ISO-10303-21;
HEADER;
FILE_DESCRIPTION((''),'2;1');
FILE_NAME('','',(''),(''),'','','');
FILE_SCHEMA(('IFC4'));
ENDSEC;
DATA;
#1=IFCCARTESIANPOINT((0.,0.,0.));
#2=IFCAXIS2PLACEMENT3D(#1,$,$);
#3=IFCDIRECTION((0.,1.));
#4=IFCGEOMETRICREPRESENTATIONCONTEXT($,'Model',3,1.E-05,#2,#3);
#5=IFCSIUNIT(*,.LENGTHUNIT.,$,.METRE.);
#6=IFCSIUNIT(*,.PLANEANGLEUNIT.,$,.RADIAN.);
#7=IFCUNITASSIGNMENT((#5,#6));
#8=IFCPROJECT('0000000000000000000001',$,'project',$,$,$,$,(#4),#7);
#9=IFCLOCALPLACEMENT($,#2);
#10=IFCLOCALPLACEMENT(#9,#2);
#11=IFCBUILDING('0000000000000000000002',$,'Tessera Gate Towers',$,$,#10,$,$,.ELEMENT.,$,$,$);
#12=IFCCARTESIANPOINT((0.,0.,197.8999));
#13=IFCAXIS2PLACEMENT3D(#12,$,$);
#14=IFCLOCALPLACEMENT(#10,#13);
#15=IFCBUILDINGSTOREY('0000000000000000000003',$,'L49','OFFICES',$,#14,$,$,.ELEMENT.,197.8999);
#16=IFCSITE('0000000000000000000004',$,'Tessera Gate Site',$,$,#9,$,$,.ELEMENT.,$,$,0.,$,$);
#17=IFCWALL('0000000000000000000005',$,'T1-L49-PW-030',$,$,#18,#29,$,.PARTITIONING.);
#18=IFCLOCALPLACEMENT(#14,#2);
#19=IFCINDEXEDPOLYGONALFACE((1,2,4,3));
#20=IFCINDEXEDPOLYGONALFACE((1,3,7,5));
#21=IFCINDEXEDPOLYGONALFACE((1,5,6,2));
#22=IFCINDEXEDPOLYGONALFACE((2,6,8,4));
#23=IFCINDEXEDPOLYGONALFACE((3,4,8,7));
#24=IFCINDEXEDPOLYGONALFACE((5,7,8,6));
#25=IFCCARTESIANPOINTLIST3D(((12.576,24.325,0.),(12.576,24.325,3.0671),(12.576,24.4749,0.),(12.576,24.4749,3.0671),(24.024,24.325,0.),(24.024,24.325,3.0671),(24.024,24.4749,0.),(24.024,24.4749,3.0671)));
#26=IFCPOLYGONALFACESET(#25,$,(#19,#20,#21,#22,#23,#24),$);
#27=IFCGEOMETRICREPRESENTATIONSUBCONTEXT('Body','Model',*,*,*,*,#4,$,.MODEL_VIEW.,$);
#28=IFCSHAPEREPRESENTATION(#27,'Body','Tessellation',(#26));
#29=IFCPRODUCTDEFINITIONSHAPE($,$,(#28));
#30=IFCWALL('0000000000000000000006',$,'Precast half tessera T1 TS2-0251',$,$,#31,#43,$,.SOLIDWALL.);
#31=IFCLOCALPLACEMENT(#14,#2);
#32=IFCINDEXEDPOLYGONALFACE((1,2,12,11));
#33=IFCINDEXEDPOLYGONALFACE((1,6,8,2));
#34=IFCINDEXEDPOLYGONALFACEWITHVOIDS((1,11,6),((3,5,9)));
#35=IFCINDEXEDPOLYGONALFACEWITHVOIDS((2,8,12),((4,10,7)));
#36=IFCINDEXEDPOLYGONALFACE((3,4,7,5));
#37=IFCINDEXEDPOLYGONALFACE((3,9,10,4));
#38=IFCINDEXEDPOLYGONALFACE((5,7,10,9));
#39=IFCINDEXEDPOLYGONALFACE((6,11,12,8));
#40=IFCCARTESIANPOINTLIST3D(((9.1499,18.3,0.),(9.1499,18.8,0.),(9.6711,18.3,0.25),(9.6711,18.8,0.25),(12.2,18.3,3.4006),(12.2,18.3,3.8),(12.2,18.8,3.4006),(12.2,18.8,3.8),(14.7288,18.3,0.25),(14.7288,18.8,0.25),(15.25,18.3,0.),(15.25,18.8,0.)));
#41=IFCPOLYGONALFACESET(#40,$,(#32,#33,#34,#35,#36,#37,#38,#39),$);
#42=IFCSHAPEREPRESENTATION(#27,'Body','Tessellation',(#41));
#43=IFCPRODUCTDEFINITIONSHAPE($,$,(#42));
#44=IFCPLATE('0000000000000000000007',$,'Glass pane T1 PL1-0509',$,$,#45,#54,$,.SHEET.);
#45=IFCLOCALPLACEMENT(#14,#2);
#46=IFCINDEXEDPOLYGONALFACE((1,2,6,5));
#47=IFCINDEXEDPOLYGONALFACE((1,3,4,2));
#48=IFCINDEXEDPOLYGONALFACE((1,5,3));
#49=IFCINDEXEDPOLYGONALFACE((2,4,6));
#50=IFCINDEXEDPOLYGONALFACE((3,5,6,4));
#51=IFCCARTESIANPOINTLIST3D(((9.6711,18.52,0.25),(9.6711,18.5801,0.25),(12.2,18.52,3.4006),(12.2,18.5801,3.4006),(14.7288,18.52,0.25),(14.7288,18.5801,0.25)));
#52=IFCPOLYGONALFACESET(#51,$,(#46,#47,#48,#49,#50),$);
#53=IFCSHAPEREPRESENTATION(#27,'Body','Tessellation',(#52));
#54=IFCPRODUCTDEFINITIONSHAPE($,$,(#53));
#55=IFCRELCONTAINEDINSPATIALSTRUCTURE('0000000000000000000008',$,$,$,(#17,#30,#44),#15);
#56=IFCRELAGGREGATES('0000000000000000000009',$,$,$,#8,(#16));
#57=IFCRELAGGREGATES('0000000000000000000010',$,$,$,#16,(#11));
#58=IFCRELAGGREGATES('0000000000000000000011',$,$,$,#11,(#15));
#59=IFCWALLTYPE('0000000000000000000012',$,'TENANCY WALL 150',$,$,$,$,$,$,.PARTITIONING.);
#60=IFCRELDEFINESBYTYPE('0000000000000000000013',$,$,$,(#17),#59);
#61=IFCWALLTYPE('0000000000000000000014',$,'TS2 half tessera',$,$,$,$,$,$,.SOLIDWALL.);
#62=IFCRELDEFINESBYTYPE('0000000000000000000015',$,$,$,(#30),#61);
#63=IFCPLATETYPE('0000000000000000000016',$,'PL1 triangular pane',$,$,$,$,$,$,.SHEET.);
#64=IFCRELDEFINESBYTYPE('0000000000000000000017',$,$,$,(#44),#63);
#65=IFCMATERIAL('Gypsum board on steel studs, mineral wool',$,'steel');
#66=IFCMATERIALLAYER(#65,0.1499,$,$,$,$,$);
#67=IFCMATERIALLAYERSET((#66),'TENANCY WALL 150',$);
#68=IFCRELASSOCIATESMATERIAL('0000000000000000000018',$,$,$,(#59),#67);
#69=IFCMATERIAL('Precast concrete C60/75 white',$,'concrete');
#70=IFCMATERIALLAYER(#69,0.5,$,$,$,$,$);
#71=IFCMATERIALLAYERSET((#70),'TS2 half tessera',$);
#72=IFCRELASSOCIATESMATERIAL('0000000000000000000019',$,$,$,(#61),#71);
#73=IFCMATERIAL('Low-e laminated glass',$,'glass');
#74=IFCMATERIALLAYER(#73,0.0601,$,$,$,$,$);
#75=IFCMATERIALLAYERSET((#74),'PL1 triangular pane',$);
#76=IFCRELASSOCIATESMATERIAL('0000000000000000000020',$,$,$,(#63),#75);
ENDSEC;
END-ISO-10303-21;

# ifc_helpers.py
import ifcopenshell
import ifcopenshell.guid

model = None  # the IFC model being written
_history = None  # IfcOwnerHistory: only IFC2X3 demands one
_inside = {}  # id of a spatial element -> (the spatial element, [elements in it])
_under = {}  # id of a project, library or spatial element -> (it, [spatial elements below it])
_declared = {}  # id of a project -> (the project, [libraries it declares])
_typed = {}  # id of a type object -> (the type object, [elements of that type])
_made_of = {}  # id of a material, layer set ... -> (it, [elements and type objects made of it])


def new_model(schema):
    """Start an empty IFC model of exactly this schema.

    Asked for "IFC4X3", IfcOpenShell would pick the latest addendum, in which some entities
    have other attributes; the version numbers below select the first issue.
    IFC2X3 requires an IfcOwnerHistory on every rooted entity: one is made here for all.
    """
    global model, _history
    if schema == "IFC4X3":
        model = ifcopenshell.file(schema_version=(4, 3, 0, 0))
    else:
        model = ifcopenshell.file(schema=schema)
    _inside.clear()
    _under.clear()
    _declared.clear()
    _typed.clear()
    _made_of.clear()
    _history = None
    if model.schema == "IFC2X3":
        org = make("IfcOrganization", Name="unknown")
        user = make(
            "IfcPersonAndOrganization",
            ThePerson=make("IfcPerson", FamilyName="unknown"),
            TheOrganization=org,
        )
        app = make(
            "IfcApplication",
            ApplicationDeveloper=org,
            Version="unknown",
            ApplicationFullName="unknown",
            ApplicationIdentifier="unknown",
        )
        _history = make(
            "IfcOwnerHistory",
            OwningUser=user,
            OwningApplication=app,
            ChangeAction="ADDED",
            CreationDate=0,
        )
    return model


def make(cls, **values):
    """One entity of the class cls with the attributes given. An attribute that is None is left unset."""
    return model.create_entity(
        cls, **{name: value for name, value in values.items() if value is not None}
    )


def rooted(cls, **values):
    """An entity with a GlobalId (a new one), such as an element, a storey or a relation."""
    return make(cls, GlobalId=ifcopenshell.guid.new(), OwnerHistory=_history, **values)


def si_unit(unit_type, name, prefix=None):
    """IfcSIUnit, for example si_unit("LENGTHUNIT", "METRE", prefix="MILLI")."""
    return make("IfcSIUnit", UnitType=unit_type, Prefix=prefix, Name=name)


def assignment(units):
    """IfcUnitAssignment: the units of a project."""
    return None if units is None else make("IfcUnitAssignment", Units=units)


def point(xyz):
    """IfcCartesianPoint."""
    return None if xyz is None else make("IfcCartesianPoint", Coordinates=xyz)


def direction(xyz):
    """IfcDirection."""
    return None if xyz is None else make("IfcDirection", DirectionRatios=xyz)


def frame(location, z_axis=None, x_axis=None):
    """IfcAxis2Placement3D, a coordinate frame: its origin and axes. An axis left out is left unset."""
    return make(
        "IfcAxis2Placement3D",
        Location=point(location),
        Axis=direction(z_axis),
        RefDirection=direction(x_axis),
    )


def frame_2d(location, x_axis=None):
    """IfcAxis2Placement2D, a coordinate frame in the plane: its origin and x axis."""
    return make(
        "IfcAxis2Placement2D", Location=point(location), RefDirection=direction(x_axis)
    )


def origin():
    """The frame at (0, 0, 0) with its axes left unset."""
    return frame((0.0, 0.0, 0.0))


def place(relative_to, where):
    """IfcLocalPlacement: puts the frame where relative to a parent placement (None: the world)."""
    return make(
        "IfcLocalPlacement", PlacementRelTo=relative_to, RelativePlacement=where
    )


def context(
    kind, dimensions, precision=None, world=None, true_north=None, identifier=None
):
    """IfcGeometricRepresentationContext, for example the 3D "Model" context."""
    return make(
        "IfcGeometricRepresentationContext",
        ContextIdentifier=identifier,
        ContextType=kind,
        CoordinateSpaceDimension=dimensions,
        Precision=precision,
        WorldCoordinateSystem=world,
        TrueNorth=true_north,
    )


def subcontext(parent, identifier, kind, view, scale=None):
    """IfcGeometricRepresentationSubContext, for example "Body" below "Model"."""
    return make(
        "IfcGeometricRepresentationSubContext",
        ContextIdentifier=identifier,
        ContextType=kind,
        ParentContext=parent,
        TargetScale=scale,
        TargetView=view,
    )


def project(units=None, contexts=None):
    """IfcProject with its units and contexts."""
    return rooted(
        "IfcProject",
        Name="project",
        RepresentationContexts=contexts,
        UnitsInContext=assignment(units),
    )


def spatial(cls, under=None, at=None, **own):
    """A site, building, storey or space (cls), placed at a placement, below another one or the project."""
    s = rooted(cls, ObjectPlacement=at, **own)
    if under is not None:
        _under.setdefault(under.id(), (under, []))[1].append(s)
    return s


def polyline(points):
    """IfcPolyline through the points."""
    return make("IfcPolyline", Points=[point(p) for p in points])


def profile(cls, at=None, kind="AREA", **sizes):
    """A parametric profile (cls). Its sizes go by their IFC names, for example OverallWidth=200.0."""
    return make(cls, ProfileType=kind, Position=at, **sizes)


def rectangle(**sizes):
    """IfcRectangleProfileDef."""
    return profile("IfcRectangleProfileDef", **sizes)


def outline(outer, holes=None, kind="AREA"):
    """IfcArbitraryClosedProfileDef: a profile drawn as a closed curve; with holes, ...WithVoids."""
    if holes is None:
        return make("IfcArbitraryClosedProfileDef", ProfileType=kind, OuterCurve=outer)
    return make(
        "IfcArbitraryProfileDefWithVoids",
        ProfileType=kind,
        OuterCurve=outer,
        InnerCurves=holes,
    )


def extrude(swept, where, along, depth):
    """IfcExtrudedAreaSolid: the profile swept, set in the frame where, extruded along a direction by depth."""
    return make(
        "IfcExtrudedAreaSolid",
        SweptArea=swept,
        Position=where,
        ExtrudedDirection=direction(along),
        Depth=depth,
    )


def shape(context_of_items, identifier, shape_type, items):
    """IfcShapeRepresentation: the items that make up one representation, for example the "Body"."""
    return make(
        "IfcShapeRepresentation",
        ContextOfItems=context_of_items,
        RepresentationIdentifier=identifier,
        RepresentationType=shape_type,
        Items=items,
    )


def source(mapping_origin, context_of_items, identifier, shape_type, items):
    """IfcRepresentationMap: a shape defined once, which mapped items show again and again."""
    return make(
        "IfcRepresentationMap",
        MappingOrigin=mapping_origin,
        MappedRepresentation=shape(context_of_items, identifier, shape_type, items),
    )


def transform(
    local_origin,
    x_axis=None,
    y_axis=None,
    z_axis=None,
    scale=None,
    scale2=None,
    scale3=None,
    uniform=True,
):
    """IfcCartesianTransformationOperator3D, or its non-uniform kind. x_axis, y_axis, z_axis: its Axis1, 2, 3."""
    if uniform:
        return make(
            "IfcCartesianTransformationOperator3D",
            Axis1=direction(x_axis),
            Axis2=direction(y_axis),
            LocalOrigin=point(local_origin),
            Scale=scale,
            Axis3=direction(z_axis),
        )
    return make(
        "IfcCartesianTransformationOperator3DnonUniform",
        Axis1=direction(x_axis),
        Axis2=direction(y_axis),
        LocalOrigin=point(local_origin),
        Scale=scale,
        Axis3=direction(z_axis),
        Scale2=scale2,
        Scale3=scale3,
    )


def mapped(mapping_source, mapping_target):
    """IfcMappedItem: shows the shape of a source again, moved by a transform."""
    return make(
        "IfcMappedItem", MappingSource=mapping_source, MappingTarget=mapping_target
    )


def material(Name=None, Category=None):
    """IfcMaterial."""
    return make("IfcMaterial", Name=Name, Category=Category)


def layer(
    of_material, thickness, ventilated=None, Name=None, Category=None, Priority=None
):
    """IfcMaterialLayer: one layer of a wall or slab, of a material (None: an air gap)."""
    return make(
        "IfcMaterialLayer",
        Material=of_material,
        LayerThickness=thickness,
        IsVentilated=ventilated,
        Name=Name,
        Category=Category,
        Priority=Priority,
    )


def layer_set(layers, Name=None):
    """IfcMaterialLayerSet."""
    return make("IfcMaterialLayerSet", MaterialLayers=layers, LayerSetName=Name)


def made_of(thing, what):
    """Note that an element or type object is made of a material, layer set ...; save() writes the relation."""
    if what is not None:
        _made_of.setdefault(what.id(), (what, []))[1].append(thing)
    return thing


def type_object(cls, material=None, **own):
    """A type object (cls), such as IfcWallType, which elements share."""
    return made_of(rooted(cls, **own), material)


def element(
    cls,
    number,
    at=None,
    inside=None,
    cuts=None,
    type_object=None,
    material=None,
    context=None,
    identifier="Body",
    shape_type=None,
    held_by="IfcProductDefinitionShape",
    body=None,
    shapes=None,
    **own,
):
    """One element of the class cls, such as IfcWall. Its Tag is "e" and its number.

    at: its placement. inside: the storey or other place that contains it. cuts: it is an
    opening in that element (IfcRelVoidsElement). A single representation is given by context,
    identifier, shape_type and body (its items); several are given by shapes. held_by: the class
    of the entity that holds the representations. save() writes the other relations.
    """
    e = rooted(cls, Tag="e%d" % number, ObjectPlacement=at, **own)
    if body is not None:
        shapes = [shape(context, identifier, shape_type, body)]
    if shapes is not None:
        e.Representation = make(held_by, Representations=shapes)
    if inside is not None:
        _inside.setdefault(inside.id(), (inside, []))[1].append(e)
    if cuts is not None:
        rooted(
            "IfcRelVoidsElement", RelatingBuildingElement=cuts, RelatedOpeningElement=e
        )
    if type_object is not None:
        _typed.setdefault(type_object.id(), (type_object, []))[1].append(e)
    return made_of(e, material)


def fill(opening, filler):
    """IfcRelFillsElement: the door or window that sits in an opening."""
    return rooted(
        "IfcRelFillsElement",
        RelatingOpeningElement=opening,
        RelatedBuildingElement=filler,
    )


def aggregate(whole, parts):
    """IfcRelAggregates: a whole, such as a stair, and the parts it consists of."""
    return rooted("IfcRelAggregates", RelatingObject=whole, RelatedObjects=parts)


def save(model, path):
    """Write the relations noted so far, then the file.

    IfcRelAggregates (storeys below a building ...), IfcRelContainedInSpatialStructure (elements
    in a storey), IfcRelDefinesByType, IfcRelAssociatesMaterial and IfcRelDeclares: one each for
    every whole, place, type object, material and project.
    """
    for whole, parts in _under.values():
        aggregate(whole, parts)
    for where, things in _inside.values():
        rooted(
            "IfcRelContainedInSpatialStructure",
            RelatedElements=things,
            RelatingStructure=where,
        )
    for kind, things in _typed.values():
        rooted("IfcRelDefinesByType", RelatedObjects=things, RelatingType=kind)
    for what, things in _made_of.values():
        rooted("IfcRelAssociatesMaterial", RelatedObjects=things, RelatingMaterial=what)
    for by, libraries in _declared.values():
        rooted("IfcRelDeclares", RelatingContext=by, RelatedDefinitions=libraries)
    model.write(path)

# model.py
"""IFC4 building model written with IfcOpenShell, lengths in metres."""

from ifc_helpers import new_model, si_unit, direction, frame, frame_2d, origin, place, context, subcontext, project, spatial, polyline, rectangle, outline, extrude, source, transform, mapped, material, layer, layer_set, type_object, element, fill, save


model = new_model("IFC4")

# Units and contexts
model_context = context("Model", 3, precision=1e-05, world=origin(), true_north=direction((0.0, 1.0)))
body_context = subcontext(model_context, "Body", "Model", "MODEL_VIEW")
ifc_project = project(units=[si_unit("LENGTHUNIT", "METRE"), si_unit("PLANEANGLEUNIT", "RADIAN")], contexts=[model_context])

# Site, building, storey
site_placement = place(None, origin())
site = spatial("IfcSite", under=ifc_project, at=site_placement, Name="Tessera Gate Site", CompositionType="ELEMENT", RefElevation=0.0)
building_placement = place(site_placement, origin())
building = spatial("IfcBuilding", under=site, at=building_placement, Name="Tessera Gate Towers", CompositionType="ELEMENT")
storey_placement = place(building_placement, frame((0.0, 0.0, 197.8999)))
storey = spatial("IfcBuildingStorey", under=building, at=storey_placement, Name="L49", Description="OFFICES", CompositionType="ELEMENT", Elevation=197.8999)

# Wall
ifc_material_1 = material(Name="Gypsum board on steel studs, mineral wool", Category="steel")
ifc_layer_1 = layer(ifc_material_1, 0.1499)
ifc_layer_set_1 = layer_set([ifc_layer_1], Name="TENANCY WALL 150")
wall_type_1 = type_object("IfcWallType", Name="TENANCY WALL 150", PredefinedType="PARTITIONING", material=ifc_layer_set_1)
wall_1_placement = place(storey_placement, frame((12.5759, 24.3999, 0.0), z_axis=(0.0, 0.0, 1.0), x_axis=(1.0, 0.0, 0.0)))
element("IfcWall", 1, at=wall_1_placement, inside=storey, type_object=wall_type_1, Name="T1-L49-PW-030", PredefinedType="PARTITIONING", context=body_context, shape_type="SweptSolid", body=[
    extrude(rectangle(XDim=11.448, YDim=0.1499, at=frame_2d((5.7241, 0.0))), origin(), (0.0, 0.0, 1.0), 3.0671),
])

# Wall, opening, plate
ifc_material_2 = material(Name="Precast concrete C60/75 white", Category="concrete")
ifc_layer_2 = layer(ifc_material_2, 0.5)
ifc_layer_set_2 = layer_set([ifc_layer_2], Name="TS2 half tessera")
wall_type_2 = type_object("IfcWallType", Name="TS2 half tessera", PredefinedType="SOLIDWALL", material=ifc_layer_set_2)
shared_shape_1 = source(origin(), body_context, "Body", "SweptSolid", [
    extrude(outline(polyline([(6.1001, 0.0), (3.05, 3.8), (0.0, 0.0), (6.1001, 0.0)])), frame((0.0, 0.25, 0.0), z_axis=(0.0, -1.0, 0.0), x_axis=(1.0, 0.0, 0.0)), (0.0, 0.0, 1.0), 0.5),
])
wall_2_placement = place(storey_placement, frame((9.1499, 18.55, 0.0), z_axis=(0.0, 0.0, 1.0), x_axis=(1.0, 0.0, 0.0)))
wall_2 = element("IfcWall", 2, at=wall_2_placement, inside=storey, type_object=wall_type_2, Name="Precast half tessera T1 TS2-0251", PredefinedType="SOLIDWALL", context=body_context, shape_type="MappedRepresentation", body=[
    mapped(shared_shape_1, transform((0.0, 0.0, 0.0), scale=1.0)),
])
shared_shape_2 = source(origin(), body_context, "Body", "SweptSolid", [
    extrude(outline(polyline([(5.5789, 0.25), (3.05, 3.4006), (0.5212, 0.25), (5.5789, 0.25)])), frame((0.0, 0.26, 0.0), z_axis=(0.0, -1.0, 0.0), x_axis=(1.0, 0.0, 0.0)), (0.0, 0.0, 1.0), 0.52),
])
opening_1_placement = place(wall_2_placement, origin())
opening_1 = element("IfcOpeningElement", 3, at=opening_1_placement, cuts=wall_2, PredefinedType="OPENING", context=body_context, shape_type="MappedRepresentation", body=[
    mapped(shared_shape_2, transform((0.0, 0.0, 0.0), scale=1.0)),
])
ifc_material_3 = material(Name="Low-e laminated glass", Category="glass")
ifc_layer_3 = layer(ifc_material_3, 0.0601)
ifc_layer_set_3 = layer_set([ifc_layer_3], Name="PL1 triangular pane")
plate_type = type_object("IfcPlateType", Name="PL1 triangular pane", PredefinedType="SHEET", material=ifc_layer_set_3)
shared_shape_3 = source(origin(), body_context, "Body", "SweptSolid", [
    extrude(outline(polyline([(5.5789, 0.25), (3.05, 3.4006), (0.5212, 0.25), (5.5789, 0.25)])), frame((0.0, 0.03, 0.0), z_axis=(0.0, -1.0, 0.0), x_axis=(1.0, 0.0, 0.0)), (0.0, 0.0, 1.0), 0.0601),
])
plate_placement = place(opening_1_placement, origin())
plate = element("IfcPlate", 4, at=plate_placement, inside=storey, type_object=plate_type, Name="Glass pane T1 PL1-0509", PredefinedType="SHEET", context=body_context, shape_type="MappedRepresentation", body=[
    mapped(shared_shape_3, transform((0.0, 0.0, 0.0), scale=1.0)),
])
fill(opening_1, plate)

save(model, "model.ifc")
